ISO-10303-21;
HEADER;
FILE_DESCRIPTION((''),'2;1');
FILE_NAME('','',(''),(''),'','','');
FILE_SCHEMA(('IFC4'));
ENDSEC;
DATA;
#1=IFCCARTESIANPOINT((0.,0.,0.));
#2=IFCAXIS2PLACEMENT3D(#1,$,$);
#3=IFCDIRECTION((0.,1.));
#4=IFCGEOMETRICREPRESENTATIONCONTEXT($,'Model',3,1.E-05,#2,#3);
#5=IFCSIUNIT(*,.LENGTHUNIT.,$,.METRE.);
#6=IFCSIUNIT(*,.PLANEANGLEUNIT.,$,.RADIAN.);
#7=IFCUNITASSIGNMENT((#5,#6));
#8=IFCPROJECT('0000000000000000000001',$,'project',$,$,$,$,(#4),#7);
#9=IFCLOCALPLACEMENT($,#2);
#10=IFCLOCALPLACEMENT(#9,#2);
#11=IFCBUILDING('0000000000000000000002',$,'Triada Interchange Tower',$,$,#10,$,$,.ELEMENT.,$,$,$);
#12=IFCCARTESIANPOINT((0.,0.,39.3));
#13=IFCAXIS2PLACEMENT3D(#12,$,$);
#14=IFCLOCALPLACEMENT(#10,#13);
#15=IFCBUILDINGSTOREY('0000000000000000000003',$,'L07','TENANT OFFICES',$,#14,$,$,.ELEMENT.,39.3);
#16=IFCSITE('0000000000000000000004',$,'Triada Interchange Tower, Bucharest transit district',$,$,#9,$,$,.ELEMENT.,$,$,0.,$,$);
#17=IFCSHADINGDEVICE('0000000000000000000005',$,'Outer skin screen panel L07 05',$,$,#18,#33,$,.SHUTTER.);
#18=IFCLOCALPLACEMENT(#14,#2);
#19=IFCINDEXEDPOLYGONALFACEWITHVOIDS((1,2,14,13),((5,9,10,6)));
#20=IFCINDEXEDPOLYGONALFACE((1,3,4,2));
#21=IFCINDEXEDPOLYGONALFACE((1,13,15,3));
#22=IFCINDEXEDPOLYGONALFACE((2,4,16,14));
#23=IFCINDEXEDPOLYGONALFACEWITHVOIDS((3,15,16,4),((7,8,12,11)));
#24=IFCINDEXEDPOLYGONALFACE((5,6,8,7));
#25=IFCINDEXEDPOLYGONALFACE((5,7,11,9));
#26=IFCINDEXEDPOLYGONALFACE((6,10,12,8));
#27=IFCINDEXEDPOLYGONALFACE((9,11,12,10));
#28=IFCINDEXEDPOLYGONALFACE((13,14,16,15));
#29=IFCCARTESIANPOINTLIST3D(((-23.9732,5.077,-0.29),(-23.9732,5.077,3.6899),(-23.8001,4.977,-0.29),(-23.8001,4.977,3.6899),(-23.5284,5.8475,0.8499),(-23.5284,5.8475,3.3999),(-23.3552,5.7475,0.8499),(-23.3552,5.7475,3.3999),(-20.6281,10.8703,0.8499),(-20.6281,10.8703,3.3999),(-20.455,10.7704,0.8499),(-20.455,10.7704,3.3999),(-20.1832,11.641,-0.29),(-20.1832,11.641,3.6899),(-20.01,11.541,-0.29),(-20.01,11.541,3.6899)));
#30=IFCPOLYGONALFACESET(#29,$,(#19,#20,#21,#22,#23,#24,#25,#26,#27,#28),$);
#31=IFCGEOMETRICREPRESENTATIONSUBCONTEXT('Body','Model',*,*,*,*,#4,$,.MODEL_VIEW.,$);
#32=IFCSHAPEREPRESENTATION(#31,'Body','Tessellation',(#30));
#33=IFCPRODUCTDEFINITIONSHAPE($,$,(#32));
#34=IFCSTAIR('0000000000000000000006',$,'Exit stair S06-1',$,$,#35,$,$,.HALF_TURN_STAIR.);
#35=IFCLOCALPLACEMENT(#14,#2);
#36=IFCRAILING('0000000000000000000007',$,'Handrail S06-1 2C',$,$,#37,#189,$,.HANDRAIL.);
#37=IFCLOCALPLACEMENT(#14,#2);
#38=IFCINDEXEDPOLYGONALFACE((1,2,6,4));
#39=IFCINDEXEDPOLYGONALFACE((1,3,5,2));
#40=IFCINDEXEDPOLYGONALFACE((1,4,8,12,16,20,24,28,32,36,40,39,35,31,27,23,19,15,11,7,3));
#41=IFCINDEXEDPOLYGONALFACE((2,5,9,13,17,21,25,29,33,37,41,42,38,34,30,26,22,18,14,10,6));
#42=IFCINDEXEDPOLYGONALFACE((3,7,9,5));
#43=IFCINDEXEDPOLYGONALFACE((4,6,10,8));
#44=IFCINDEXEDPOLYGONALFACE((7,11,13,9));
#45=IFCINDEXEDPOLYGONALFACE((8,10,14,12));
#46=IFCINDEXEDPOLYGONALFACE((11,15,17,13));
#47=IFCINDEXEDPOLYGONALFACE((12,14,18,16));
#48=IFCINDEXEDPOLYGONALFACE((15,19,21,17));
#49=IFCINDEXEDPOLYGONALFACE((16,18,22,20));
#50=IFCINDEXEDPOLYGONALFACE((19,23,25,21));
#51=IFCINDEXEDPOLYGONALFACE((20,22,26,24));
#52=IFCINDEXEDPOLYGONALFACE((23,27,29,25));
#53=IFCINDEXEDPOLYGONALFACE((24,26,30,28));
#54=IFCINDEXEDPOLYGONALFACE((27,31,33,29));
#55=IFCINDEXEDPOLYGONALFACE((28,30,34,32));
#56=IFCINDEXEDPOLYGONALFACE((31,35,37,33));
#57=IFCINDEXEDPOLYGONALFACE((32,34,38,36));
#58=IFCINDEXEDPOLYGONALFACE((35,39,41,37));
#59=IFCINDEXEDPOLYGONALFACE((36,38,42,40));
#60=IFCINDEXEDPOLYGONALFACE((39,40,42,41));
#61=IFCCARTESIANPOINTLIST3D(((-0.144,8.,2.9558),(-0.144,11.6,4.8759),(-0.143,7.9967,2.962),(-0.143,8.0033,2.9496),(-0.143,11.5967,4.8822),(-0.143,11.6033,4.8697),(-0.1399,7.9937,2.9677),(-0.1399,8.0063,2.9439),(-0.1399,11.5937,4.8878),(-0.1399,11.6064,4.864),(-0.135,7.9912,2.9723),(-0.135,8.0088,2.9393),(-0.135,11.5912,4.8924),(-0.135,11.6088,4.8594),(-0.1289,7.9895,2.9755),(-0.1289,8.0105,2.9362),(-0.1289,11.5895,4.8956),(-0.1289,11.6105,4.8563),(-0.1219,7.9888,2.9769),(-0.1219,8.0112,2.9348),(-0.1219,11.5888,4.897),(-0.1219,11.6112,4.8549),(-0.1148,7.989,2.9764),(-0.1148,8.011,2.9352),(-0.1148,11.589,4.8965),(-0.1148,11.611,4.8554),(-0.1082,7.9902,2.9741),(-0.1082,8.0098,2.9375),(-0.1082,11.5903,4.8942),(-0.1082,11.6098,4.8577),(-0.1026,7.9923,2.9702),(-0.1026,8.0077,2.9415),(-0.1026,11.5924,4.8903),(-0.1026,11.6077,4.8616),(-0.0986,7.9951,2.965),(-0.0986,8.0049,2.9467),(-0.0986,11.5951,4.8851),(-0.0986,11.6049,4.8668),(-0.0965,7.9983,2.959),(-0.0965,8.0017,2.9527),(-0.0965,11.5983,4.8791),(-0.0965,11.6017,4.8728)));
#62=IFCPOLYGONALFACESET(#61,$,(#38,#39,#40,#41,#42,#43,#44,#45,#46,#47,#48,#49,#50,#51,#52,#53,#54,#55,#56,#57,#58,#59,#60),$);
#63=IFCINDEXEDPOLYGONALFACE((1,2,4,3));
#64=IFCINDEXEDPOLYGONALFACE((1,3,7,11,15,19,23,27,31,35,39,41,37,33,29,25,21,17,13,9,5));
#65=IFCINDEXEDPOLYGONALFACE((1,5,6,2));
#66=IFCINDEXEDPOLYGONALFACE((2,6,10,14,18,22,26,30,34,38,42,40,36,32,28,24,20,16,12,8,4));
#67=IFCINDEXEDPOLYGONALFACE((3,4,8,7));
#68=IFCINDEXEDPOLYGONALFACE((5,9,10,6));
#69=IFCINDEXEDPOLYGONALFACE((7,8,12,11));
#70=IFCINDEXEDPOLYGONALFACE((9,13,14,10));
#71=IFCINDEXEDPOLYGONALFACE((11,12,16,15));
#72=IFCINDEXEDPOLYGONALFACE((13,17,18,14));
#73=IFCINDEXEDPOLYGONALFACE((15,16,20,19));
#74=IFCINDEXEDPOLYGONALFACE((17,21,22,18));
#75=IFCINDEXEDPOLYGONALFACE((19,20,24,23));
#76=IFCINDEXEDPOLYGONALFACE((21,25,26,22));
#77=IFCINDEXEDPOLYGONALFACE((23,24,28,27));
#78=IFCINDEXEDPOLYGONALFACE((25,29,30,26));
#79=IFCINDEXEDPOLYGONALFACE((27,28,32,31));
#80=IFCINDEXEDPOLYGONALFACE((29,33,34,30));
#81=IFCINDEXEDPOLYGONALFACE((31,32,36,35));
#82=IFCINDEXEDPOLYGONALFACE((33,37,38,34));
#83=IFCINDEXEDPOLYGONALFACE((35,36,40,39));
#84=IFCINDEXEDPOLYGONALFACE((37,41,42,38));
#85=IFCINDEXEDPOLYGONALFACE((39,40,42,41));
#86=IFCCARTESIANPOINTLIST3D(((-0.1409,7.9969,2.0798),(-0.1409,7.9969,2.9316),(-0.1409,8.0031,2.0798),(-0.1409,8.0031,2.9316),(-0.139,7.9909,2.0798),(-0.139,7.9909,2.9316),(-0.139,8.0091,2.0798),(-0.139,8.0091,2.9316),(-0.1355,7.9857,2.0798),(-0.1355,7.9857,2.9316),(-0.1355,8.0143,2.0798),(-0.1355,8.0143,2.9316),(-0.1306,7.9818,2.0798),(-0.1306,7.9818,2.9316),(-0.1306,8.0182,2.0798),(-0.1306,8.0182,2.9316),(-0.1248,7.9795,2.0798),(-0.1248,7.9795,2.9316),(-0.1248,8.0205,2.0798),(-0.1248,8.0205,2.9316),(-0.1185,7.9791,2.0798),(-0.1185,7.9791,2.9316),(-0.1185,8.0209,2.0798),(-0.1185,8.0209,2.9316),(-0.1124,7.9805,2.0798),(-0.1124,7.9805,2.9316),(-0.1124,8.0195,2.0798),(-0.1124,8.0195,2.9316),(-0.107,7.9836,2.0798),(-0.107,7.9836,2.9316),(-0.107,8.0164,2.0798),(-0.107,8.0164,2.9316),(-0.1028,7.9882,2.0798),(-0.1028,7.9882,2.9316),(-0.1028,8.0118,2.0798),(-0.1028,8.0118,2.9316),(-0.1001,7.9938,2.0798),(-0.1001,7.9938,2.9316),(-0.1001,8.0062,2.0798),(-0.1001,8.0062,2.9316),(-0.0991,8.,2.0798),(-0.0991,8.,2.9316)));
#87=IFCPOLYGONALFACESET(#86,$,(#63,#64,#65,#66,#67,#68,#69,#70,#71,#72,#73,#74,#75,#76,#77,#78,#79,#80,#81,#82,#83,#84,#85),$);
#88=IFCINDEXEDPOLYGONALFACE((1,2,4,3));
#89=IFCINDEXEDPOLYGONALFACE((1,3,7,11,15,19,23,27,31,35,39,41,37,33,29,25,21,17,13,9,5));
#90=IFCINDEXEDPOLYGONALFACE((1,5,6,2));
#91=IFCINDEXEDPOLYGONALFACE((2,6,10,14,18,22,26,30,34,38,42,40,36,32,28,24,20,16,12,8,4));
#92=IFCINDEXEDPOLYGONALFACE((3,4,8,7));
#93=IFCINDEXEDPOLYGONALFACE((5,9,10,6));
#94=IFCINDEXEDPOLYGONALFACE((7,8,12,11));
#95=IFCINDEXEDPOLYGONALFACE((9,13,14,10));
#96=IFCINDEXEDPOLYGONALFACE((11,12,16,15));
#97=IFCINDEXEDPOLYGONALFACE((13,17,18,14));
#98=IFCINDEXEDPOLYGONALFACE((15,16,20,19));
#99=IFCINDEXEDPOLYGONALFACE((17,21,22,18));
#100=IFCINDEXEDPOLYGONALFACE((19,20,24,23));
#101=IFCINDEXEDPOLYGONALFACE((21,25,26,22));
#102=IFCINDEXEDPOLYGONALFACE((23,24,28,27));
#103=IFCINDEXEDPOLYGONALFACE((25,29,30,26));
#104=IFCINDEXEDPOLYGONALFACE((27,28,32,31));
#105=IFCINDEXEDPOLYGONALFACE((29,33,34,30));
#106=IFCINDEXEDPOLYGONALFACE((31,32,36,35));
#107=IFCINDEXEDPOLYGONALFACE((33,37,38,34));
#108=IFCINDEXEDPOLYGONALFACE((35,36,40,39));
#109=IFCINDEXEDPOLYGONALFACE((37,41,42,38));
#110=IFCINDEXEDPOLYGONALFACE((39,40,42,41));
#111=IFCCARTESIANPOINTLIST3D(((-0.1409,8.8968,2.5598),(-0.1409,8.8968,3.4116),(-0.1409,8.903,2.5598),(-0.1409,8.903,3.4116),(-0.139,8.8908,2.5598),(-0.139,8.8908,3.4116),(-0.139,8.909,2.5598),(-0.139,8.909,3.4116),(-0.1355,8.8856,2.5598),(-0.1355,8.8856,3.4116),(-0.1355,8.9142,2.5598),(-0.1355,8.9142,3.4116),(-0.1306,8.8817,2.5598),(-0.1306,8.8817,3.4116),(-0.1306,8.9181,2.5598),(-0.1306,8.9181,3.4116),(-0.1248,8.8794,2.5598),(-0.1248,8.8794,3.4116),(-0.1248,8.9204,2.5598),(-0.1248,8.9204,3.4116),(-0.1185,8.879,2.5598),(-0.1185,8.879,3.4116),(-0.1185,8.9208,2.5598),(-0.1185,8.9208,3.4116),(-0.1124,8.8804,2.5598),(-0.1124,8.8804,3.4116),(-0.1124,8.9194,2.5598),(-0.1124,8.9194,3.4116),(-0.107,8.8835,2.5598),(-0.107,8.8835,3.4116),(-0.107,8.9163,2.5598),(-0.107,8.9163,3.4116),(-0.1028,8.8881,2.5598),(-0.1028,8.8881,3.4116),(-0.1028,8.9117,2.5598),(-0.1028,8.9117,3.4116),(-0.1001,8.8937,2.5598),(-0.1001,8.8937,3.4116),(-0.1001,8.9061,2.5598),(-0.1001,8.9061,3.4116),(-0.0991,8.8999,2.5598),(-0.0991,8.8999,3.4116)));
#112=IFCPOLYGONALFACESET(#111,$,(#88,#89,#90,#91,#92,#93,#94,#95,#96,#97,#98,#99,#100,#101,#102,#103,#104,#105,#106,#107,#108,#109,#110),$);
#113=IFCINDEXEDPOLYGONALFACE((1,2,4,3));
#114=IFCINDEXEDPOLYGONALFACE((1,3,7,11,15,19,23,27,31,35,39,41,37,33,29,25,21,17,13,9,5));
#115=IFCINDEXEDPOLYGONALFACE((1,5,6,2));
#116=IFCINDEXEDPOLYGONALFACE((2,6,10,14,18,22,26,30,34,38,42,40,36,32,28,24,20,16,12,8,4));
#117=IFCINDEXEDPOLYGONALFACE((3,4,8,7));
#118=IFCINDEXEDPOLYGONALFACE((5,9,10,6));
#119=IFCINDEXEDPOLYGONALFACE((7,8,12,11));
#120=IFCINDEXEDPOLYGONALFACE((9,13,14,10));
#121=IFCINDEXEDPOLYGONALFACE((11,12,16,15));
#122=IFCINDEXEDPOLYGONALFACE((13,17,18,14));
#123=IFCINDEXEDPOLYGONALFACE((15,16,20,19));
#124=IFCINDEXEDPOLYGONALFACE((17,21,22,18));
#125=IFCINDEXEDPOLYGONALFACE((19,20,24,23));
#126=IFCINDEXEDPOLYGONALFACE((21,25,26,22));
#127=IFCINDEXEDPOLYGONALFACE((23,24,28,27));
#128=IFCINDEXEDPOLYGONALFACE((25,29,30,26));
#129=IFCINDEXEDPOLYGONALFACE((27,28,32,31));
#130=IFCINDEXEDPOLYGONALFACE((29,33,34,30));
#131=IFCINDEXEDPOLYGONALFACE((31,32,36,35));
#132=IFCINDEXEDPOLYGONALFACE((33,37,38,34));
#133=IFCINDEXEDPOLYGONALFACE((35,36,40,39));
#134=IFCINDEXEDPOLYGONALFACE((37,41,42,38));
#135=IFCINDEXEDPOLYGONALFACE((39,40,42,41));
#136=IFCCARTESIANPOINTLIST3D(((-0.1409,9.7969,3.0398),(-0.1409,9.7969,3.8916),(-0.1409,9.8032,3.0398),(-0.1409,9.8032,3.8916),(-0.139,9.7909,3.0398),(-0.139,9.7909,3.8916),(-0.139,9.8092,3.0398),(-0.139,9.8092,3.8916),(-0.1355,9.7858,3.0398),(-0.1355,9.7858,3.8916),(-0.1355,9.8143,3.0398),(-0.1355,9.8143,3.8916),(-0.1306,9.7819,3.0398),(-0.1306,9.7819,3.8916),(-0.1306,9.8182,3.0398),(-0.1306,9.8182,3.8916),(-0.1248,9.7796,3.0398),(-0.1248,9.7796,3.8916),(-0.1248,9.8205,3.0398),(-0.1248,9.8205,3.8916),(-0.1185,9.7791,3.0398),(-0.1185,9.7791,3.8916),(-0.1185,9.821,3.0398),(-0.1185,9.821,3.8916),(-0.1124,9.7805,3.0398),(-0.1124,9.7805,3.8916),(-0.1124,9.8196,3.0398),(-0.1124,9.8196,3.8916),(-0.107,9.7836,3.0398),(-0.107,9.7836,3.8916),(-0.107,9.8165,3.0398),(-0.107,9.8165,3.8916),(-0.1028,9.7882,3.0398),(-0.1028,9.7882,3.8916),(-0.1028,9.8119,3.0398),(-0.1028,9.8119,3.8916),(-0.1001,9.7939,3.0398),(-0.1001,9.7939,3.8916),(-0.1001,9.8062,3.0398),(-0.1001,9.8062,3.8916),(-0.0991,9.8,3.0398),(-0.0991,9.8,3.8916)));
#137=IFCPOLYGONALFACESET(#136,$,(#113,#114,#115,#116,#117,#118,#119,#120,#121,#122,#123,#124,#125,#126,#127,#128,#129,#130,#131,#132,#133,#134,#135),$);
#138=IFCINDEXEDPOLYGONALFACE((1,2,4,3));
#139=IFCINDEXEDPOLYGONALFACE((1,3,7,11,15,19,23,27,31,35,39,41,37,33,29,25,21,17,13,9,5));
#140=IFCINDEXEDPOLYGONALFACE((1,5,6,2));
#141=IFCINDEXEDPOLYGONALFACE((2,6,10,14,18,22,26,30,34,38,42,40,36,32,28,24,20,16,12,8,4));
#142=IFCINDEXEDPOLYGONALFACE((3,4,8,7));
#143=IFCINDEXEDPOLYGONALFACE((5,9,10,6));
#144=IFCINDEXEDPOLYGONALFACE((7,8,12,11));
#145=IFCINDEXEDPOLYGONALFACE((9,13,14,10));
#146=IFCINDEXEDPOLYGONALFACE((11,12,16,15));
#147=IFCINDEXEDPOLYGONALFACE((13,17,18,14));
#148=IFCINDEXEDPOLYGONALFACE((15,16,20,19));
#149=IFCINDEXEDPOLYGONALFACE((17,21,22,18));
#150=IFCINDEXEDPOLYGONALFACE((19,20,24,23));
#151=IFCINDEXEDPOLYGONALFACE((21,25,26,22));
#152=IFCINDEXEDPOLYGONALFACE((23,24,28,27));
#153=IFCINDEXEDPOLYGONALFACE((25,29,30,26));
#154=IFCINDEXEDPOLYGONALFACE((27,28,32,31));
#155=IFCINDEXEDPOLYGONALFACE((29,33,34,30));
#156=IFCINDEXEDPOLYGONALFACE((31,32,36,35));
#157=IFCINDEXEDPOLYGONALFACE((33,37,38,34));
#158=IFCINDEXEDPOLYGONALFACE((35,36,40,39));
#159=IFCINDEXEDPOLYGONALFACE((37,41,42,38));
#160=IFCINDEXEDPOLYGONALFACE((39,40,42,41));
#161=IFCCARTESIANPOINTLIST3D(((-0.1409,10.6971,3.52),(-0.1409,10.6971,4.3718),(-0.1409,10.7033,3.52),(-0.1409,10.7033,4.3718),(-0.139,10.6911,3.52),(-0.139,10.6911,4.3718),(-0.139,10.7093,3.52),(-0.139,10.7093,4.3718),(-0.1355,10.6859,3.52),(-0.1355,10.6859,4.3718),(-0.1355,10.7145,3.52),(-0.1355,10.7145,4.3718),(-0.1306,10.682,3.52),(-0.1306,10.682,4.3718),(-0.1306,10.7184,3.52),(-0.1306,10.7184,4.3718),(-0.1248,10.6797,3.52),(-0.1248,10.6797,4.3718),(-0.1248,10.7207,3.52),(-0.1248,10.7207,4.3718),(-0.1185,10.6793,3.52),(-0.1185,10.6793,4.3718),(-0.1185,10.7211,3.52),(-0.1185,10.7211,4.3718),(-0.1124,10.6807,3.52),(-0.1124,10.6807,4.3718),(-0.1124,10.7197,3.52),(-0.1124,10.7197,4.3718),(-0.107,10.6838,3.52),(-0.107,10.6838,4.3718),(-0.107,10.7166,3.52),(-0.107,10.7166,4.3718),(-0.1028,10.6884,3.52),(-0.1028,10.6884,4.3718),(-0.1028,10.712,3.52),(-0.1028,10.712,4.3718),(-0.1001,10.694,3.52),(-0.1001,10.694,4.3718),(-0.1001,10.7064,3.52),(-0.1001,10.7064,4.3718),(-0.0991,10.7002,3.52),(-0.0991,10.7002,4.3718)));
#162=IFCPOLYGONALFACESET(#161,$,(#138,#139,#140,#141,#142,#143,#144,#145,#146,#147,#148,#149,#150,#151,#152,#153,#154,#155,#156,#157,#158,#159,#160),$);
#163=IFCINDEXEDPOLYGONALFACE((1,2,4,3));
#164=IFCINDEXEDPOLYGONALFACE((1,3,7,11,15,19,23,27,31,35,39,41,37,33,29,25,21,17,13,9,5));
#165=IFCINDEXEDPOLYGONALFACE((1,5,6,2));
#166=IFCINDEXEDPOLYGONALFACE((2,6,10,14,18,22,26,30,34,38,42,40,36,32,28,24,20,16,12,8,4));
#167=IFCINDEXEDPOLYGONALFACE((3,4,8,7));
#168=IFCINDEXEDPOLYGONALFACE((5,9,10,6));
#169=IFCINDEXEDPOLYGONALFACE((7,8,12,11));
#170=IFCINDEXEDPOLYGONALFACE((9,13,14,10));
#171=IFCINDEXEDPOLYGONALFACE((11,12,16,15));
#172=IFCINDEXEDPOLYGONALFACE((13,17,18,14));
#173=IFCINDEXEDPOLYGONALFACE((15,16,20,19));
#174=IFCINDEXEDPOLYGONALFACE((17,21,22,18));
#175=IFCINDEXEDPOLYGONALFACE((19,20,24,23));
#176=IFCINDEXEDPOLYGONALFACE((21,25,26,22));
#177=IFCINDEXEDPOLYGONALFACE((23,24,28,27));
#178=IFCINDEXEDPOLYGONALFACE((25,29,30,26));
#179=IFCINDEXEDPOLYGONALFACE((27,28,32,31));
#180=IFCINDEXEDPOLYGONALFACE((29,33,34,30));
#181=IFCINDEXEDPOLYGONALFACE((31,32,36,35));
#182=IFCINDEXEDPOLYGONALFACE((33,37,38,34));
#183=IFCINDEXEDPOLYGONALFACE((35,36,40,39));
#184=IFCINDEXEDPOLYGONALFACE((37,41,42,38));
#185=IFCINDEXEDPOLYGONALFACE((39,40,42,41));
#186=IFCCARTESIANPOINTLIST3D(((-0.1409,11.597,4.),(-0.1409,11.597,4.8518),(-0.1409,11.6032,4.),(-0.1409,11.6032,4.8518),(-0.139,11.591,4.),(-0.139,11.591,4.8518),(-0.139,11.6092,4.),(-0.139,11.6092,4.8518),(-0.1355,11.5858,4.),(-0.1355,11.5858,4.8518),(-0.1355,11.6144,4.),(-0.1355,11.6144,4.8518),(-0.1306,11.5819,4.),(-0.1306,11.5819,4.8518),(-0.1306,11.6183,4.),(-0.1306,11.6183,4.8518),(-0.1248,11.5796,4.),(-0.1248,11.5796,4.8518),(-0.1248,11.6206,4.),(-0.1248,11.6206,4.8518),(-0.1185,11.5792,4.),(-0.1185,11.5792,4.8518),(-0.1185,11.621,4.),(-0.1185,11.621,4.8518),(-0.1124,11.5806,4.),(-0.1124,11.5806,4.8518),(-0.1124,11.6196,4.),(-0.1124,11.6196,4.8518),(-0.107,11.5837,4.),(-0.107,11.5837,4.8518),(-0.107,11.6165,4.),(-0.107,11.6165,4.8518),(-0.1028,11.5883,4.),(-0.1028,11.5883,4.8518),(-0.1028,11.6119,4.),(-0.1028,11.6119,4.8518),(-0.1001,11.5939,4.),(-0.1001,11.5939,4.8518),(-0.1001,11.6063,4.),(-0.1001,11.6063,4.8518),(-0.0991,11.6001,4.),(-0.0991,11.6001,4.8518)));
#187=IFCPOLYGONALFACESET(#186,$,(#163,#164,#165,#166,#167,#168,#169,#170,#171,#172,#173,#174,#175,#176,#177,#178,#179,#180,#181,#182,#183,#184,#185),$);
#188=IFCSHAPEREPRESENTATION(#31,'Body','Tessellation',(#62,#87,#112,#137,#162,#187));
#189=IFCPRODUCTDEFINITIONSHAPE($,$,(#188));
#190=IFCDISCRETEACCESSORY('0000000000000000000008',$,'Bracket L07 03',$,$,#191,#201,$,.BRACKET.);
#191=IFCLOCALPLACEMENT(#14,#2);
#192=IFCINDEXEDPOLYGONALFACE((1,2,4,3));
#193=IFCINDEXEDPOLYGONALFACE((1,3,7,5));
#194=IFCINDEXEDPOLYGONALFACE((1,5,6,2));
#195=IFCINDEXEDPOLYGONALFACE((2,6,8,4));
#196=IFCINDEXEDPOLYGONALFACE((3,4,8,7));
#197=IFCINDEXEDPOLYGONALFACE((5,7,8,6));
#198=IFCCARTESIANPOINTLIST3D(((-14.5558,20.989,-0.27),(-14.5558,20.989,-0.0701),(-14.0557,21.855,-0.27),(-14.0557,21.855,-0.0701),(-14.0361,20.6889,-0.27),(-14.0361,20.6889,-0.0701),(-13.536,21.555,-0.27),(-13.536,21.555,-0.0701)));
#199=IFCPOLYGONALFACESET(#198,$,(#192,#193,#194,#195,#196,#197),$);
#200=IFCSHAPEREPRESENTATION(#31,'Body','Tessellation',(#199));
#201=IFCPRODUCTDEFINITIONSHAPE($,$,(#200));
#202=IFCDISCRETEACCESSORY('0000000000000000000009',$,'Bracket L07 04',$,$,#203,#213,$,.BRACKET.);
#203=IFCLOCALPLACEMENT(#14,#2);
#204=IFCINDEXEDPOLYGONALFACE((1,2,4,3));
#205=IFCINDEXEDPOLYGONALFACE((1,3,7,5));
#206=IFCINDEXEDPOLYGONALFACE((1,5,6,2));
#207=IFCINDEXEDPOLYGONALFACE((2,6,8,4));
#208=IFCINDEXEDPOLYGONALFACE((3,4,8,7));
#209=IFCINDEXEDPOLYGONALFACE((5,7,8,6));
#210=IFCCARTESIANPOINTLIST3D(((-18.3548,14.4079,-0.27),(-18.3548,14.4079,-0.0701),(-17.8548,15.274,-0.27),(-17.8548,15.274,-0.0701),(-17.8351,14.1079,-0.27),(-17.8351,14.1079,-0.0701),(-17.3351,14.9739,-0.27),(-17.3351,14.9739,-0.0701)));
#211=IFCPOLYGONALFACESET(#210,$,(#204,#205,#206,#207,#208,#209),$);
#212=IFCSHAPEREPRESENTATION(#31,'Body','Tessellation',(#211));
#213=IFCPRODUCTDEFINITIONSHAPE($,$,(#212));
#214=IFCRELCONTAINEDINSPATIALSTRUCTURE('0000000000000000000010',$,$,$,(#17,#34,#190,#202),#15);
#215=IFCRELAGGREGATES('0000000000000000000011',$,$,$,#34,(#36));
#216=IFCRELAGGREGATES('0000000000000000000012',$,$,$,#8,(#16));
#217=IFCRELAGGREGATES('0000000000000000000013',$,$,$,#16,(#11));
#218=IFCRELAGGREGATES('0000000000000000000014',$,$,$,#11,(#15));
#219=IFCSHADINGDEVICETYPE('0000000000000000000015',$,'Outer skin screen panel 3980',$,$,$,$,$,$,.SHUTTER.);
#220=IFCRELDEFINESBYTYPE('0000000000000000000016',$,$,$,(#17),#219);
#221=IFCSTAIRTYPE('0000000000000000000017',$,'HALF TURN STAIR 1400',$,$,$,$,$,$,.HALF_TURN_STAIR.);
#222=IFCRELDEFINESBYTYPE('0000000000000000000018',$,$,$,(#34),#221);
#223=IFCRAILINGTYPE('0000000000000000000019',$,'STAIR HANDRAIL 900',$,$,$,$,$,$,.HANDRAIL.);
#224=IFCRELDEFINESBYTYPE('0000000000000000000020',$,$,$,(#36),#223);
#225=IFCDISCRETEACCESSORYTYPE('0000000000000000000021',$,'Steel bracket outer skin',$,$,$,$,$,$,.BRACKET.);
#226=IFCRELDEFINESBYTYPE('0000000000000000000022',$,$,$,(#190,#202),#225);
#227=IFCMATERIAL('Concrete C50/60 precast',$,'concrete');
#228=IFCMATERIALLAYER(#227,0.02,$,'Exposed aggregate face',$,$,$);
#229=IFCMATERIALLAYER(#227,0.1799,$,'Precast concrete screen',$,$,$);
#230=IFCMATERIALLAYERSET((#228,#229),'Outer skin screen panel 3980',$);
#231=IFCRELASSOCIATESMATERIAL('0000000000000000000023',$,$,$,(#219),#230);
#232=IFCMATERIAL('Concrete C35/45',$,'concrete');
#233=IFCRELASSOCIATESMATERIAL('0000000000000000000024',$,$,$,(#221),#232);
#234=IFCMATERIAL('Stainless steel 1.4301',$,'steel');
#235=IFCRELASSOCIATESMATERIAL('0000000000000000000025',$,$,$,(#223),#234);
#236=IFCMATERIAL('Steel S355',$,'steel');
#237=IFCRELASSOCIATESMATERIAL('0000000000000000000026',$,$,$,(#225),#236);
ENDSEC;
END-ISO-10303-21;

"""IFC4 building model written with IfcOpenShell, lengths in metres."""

from ifc_helpers import new_model, si_unit, direction, frame, origin, origin_2d, place, context, subcontext, project, spatial, polyline, rectangle, circle, outline, extrude, material, layer, layer_set, type_object, element, aggregate, save


model = new_model("IFC4")

# Units and contexts
model_context = context("Model", 3, precision=1e-05, world=origin(), true_north=direction((0.0, 1.0)))
body_context = subcontext(model_context, "Body", "Model", "MODEL_VIEW")
ifc_project = project(units=[si_unit("LENGTHUNIT", "METRE"), si_unit("PLANEANGLEUNIT", "RADIAN")], contexts=[model_context])

# Site, building, storey
site_placement = place(None, origin())
site = spatial("IfcSite", under=ifc_project, at=site_placement, Name="Triada Interchange Tower, Bucharest transit district", CompositionType="ELEMENT", RefElevation=0.0)
building_placement = place(site_placement, origin())
building = spatial("IfcBuilding", under=site, at=building_placement, Name="Triada Interchange Tower", CompositionType="ELEMENT")
storey_placement = place(building_placement, frame((0.0, 0.0, 39.3)))
storey = spatial("IfcBuildingStorey", under=building, at=storey_placement, Name="L07", Description="TENANT OFFICES", CompositionType="ELEMENT", Elevation=39.3)

# Shading device
ifc_material_1 = material(Name="Concrete C50/60 precast", Category="concrete")
ifc_layer_1 = layer(ifc_material_1, 0.02, Name="Exposed aggregate face")
ifc_layer_2 = layer(ifc_material_1, 0.1799, Name="Precast concrete screen")
ifc_layer_set_1 = layer_set([ifc_layer_1, ifc_layer_2], Name="Outer skin screen panel 3980")
shading_device_type = type_object("IfcShadingDeviceType", Name="Outer skin screen panel 3980", PredefinedType="SHUTTER", material=ifc_layer_set_1)
shading_device_1_placement = place(storey_placement, frame((-20.01, 11.541, -0.29), z_axis=(0.0, 0.0, 1.0), x_axis=(-0.500033, -0.866006, 0.0)))
element("IfcShadingDevice", 1, at=shading_device_1_placement, inside=storey, type_object=shading_device_type, Name="Outer skin screen panel L07 05", PredefinedType="SHUTTER", context=body_context, shape_type="SweptSolid", body=[
    extrude(outline(polyline([(0.0, 0.0), (7.5796, 0.0), (7.5796, 3.98), (0.0, 3.98), (0.0, 0.0)]), holes=[polyline([(0.8899, 1.1399), (0.8899, 3.6899), (6.6899, 3.6899), (6.6899, 1.1399), (0.8899, 1.1399)])]), frame((0.0, 0.0, 0.0), z_axis=(0.0, -1.0, 0.0), x_axis=(1.0, 0.0, 0.0)), (0.0, 0.0, 1.0), 0.2),
])

# Stair, railing
ifc_material_2 = material(Name="Concrete C35/45", Category="concrete")
stair_type = type_object("IfcStairType", Name="HALF TURN STAIR 1400", PredefinedType="HALF_TURN_STAIR", material=ifc_material_2)
stair_placement = place(storey_placement, origin())
stair = element("IfcStair", 2, at=stair_placement, inside=storey, type_object=stair_type, Name="Exit stair S06-1", PredefinedType="HALF_TURN_STAIR")
ifc_material_3 = material(Name="Stainless steel 1.4301", Category="steel")
railing_type = type_object("IfcRailingType", Name="STAIR HANDRAIL 900", PredefinedType="HANDRAIL", material=ifc_material_3)
railing_placement = place(storey_placement, frame((-0.1201, 8.0, 2.0798)))
railing = element("IfcRailing", 3, at=railing_placement, type_object=railing_type, Name="Handrail S06-1 2C", PredefinedType="HANDRAIL", context=body_context, shape_type="SweptSolid", body=[
    extrude(circle(Radius=0.0239, at=origin_2d()), frame((0.0, 0.0, 0.876), z_axis=(0.0, 0.882341, 0.47061), x_axis=(-1.0, 0.0, 0.0)), (0.0, 0.0, 1.0), 4.0801),
    extrude(circle(Radius=0.021, at=origin_2d()), origin(), (0.0, 0.0, 1.0), 0.8518),
    extrude(circle(Radius=0.021, at=origin_2d()), frame((0.0, 0.8999, 0.48)), (0.0, 0.0, 1.0), 0.8518),
    extrude(circle(Radius=0.021, at=origin_2d()), frame((0.0, 1.8, 0.96)), (0.0, 0.0, 1.0), 0.8518),
    extrude(circle(Radius=0.021, at=origin_2d()), frame((0.0, 2.7002, 1.4402)), (0.0, 0.0, 1.0), 0.8518),
    extrude(circle(Radius=0.021, at=origin_2d()), frame((0.0, 3.6001, 1.9202)), (0.0, 0.0, 1.0), 0.8518),
])
aggregate(stair, [railing])

# Discrete accessories
ifc_material_4 = material(Name="Steel S355", Category="steel")
discrete_accessory_type = type_object("IfcDiscreteAccessoryType", Name="Steel bracket outer skin", PredefinedType="BRACKET", material=ifc_material_4)
for number, where, z_axis, x_axis, name in (
    (4, (-14.0459, 21.272, -0.27), (0.0, 0.0, 1.0), (-0.866021, 0.500008, 0.0), "Bracket L07 03"),
    (5, (-17.845, 14.6909, -0.27), (0.0, 0.0, 1.0), (-0.866021, 0.500008, 0.0), "Bracket L07 04"),
):
    element("IfcDiscreteAccessory", number, at=place(storey_placement, frame(where, z_axis=z_axis, x_axis=x_axis)), inside=storey, type_object=discrete_accessory_type, Name=name, PredefinedType="BRACKET", context=body_context, shape_type="SweptSolid", body=[
        extrude(rectangle(XDim=0.6001, YDim=1.0, at=origin_2d()), origin(), (0.0, 0.0, 1.0), 0.2),
    ])

save(model, "model.ifc")
